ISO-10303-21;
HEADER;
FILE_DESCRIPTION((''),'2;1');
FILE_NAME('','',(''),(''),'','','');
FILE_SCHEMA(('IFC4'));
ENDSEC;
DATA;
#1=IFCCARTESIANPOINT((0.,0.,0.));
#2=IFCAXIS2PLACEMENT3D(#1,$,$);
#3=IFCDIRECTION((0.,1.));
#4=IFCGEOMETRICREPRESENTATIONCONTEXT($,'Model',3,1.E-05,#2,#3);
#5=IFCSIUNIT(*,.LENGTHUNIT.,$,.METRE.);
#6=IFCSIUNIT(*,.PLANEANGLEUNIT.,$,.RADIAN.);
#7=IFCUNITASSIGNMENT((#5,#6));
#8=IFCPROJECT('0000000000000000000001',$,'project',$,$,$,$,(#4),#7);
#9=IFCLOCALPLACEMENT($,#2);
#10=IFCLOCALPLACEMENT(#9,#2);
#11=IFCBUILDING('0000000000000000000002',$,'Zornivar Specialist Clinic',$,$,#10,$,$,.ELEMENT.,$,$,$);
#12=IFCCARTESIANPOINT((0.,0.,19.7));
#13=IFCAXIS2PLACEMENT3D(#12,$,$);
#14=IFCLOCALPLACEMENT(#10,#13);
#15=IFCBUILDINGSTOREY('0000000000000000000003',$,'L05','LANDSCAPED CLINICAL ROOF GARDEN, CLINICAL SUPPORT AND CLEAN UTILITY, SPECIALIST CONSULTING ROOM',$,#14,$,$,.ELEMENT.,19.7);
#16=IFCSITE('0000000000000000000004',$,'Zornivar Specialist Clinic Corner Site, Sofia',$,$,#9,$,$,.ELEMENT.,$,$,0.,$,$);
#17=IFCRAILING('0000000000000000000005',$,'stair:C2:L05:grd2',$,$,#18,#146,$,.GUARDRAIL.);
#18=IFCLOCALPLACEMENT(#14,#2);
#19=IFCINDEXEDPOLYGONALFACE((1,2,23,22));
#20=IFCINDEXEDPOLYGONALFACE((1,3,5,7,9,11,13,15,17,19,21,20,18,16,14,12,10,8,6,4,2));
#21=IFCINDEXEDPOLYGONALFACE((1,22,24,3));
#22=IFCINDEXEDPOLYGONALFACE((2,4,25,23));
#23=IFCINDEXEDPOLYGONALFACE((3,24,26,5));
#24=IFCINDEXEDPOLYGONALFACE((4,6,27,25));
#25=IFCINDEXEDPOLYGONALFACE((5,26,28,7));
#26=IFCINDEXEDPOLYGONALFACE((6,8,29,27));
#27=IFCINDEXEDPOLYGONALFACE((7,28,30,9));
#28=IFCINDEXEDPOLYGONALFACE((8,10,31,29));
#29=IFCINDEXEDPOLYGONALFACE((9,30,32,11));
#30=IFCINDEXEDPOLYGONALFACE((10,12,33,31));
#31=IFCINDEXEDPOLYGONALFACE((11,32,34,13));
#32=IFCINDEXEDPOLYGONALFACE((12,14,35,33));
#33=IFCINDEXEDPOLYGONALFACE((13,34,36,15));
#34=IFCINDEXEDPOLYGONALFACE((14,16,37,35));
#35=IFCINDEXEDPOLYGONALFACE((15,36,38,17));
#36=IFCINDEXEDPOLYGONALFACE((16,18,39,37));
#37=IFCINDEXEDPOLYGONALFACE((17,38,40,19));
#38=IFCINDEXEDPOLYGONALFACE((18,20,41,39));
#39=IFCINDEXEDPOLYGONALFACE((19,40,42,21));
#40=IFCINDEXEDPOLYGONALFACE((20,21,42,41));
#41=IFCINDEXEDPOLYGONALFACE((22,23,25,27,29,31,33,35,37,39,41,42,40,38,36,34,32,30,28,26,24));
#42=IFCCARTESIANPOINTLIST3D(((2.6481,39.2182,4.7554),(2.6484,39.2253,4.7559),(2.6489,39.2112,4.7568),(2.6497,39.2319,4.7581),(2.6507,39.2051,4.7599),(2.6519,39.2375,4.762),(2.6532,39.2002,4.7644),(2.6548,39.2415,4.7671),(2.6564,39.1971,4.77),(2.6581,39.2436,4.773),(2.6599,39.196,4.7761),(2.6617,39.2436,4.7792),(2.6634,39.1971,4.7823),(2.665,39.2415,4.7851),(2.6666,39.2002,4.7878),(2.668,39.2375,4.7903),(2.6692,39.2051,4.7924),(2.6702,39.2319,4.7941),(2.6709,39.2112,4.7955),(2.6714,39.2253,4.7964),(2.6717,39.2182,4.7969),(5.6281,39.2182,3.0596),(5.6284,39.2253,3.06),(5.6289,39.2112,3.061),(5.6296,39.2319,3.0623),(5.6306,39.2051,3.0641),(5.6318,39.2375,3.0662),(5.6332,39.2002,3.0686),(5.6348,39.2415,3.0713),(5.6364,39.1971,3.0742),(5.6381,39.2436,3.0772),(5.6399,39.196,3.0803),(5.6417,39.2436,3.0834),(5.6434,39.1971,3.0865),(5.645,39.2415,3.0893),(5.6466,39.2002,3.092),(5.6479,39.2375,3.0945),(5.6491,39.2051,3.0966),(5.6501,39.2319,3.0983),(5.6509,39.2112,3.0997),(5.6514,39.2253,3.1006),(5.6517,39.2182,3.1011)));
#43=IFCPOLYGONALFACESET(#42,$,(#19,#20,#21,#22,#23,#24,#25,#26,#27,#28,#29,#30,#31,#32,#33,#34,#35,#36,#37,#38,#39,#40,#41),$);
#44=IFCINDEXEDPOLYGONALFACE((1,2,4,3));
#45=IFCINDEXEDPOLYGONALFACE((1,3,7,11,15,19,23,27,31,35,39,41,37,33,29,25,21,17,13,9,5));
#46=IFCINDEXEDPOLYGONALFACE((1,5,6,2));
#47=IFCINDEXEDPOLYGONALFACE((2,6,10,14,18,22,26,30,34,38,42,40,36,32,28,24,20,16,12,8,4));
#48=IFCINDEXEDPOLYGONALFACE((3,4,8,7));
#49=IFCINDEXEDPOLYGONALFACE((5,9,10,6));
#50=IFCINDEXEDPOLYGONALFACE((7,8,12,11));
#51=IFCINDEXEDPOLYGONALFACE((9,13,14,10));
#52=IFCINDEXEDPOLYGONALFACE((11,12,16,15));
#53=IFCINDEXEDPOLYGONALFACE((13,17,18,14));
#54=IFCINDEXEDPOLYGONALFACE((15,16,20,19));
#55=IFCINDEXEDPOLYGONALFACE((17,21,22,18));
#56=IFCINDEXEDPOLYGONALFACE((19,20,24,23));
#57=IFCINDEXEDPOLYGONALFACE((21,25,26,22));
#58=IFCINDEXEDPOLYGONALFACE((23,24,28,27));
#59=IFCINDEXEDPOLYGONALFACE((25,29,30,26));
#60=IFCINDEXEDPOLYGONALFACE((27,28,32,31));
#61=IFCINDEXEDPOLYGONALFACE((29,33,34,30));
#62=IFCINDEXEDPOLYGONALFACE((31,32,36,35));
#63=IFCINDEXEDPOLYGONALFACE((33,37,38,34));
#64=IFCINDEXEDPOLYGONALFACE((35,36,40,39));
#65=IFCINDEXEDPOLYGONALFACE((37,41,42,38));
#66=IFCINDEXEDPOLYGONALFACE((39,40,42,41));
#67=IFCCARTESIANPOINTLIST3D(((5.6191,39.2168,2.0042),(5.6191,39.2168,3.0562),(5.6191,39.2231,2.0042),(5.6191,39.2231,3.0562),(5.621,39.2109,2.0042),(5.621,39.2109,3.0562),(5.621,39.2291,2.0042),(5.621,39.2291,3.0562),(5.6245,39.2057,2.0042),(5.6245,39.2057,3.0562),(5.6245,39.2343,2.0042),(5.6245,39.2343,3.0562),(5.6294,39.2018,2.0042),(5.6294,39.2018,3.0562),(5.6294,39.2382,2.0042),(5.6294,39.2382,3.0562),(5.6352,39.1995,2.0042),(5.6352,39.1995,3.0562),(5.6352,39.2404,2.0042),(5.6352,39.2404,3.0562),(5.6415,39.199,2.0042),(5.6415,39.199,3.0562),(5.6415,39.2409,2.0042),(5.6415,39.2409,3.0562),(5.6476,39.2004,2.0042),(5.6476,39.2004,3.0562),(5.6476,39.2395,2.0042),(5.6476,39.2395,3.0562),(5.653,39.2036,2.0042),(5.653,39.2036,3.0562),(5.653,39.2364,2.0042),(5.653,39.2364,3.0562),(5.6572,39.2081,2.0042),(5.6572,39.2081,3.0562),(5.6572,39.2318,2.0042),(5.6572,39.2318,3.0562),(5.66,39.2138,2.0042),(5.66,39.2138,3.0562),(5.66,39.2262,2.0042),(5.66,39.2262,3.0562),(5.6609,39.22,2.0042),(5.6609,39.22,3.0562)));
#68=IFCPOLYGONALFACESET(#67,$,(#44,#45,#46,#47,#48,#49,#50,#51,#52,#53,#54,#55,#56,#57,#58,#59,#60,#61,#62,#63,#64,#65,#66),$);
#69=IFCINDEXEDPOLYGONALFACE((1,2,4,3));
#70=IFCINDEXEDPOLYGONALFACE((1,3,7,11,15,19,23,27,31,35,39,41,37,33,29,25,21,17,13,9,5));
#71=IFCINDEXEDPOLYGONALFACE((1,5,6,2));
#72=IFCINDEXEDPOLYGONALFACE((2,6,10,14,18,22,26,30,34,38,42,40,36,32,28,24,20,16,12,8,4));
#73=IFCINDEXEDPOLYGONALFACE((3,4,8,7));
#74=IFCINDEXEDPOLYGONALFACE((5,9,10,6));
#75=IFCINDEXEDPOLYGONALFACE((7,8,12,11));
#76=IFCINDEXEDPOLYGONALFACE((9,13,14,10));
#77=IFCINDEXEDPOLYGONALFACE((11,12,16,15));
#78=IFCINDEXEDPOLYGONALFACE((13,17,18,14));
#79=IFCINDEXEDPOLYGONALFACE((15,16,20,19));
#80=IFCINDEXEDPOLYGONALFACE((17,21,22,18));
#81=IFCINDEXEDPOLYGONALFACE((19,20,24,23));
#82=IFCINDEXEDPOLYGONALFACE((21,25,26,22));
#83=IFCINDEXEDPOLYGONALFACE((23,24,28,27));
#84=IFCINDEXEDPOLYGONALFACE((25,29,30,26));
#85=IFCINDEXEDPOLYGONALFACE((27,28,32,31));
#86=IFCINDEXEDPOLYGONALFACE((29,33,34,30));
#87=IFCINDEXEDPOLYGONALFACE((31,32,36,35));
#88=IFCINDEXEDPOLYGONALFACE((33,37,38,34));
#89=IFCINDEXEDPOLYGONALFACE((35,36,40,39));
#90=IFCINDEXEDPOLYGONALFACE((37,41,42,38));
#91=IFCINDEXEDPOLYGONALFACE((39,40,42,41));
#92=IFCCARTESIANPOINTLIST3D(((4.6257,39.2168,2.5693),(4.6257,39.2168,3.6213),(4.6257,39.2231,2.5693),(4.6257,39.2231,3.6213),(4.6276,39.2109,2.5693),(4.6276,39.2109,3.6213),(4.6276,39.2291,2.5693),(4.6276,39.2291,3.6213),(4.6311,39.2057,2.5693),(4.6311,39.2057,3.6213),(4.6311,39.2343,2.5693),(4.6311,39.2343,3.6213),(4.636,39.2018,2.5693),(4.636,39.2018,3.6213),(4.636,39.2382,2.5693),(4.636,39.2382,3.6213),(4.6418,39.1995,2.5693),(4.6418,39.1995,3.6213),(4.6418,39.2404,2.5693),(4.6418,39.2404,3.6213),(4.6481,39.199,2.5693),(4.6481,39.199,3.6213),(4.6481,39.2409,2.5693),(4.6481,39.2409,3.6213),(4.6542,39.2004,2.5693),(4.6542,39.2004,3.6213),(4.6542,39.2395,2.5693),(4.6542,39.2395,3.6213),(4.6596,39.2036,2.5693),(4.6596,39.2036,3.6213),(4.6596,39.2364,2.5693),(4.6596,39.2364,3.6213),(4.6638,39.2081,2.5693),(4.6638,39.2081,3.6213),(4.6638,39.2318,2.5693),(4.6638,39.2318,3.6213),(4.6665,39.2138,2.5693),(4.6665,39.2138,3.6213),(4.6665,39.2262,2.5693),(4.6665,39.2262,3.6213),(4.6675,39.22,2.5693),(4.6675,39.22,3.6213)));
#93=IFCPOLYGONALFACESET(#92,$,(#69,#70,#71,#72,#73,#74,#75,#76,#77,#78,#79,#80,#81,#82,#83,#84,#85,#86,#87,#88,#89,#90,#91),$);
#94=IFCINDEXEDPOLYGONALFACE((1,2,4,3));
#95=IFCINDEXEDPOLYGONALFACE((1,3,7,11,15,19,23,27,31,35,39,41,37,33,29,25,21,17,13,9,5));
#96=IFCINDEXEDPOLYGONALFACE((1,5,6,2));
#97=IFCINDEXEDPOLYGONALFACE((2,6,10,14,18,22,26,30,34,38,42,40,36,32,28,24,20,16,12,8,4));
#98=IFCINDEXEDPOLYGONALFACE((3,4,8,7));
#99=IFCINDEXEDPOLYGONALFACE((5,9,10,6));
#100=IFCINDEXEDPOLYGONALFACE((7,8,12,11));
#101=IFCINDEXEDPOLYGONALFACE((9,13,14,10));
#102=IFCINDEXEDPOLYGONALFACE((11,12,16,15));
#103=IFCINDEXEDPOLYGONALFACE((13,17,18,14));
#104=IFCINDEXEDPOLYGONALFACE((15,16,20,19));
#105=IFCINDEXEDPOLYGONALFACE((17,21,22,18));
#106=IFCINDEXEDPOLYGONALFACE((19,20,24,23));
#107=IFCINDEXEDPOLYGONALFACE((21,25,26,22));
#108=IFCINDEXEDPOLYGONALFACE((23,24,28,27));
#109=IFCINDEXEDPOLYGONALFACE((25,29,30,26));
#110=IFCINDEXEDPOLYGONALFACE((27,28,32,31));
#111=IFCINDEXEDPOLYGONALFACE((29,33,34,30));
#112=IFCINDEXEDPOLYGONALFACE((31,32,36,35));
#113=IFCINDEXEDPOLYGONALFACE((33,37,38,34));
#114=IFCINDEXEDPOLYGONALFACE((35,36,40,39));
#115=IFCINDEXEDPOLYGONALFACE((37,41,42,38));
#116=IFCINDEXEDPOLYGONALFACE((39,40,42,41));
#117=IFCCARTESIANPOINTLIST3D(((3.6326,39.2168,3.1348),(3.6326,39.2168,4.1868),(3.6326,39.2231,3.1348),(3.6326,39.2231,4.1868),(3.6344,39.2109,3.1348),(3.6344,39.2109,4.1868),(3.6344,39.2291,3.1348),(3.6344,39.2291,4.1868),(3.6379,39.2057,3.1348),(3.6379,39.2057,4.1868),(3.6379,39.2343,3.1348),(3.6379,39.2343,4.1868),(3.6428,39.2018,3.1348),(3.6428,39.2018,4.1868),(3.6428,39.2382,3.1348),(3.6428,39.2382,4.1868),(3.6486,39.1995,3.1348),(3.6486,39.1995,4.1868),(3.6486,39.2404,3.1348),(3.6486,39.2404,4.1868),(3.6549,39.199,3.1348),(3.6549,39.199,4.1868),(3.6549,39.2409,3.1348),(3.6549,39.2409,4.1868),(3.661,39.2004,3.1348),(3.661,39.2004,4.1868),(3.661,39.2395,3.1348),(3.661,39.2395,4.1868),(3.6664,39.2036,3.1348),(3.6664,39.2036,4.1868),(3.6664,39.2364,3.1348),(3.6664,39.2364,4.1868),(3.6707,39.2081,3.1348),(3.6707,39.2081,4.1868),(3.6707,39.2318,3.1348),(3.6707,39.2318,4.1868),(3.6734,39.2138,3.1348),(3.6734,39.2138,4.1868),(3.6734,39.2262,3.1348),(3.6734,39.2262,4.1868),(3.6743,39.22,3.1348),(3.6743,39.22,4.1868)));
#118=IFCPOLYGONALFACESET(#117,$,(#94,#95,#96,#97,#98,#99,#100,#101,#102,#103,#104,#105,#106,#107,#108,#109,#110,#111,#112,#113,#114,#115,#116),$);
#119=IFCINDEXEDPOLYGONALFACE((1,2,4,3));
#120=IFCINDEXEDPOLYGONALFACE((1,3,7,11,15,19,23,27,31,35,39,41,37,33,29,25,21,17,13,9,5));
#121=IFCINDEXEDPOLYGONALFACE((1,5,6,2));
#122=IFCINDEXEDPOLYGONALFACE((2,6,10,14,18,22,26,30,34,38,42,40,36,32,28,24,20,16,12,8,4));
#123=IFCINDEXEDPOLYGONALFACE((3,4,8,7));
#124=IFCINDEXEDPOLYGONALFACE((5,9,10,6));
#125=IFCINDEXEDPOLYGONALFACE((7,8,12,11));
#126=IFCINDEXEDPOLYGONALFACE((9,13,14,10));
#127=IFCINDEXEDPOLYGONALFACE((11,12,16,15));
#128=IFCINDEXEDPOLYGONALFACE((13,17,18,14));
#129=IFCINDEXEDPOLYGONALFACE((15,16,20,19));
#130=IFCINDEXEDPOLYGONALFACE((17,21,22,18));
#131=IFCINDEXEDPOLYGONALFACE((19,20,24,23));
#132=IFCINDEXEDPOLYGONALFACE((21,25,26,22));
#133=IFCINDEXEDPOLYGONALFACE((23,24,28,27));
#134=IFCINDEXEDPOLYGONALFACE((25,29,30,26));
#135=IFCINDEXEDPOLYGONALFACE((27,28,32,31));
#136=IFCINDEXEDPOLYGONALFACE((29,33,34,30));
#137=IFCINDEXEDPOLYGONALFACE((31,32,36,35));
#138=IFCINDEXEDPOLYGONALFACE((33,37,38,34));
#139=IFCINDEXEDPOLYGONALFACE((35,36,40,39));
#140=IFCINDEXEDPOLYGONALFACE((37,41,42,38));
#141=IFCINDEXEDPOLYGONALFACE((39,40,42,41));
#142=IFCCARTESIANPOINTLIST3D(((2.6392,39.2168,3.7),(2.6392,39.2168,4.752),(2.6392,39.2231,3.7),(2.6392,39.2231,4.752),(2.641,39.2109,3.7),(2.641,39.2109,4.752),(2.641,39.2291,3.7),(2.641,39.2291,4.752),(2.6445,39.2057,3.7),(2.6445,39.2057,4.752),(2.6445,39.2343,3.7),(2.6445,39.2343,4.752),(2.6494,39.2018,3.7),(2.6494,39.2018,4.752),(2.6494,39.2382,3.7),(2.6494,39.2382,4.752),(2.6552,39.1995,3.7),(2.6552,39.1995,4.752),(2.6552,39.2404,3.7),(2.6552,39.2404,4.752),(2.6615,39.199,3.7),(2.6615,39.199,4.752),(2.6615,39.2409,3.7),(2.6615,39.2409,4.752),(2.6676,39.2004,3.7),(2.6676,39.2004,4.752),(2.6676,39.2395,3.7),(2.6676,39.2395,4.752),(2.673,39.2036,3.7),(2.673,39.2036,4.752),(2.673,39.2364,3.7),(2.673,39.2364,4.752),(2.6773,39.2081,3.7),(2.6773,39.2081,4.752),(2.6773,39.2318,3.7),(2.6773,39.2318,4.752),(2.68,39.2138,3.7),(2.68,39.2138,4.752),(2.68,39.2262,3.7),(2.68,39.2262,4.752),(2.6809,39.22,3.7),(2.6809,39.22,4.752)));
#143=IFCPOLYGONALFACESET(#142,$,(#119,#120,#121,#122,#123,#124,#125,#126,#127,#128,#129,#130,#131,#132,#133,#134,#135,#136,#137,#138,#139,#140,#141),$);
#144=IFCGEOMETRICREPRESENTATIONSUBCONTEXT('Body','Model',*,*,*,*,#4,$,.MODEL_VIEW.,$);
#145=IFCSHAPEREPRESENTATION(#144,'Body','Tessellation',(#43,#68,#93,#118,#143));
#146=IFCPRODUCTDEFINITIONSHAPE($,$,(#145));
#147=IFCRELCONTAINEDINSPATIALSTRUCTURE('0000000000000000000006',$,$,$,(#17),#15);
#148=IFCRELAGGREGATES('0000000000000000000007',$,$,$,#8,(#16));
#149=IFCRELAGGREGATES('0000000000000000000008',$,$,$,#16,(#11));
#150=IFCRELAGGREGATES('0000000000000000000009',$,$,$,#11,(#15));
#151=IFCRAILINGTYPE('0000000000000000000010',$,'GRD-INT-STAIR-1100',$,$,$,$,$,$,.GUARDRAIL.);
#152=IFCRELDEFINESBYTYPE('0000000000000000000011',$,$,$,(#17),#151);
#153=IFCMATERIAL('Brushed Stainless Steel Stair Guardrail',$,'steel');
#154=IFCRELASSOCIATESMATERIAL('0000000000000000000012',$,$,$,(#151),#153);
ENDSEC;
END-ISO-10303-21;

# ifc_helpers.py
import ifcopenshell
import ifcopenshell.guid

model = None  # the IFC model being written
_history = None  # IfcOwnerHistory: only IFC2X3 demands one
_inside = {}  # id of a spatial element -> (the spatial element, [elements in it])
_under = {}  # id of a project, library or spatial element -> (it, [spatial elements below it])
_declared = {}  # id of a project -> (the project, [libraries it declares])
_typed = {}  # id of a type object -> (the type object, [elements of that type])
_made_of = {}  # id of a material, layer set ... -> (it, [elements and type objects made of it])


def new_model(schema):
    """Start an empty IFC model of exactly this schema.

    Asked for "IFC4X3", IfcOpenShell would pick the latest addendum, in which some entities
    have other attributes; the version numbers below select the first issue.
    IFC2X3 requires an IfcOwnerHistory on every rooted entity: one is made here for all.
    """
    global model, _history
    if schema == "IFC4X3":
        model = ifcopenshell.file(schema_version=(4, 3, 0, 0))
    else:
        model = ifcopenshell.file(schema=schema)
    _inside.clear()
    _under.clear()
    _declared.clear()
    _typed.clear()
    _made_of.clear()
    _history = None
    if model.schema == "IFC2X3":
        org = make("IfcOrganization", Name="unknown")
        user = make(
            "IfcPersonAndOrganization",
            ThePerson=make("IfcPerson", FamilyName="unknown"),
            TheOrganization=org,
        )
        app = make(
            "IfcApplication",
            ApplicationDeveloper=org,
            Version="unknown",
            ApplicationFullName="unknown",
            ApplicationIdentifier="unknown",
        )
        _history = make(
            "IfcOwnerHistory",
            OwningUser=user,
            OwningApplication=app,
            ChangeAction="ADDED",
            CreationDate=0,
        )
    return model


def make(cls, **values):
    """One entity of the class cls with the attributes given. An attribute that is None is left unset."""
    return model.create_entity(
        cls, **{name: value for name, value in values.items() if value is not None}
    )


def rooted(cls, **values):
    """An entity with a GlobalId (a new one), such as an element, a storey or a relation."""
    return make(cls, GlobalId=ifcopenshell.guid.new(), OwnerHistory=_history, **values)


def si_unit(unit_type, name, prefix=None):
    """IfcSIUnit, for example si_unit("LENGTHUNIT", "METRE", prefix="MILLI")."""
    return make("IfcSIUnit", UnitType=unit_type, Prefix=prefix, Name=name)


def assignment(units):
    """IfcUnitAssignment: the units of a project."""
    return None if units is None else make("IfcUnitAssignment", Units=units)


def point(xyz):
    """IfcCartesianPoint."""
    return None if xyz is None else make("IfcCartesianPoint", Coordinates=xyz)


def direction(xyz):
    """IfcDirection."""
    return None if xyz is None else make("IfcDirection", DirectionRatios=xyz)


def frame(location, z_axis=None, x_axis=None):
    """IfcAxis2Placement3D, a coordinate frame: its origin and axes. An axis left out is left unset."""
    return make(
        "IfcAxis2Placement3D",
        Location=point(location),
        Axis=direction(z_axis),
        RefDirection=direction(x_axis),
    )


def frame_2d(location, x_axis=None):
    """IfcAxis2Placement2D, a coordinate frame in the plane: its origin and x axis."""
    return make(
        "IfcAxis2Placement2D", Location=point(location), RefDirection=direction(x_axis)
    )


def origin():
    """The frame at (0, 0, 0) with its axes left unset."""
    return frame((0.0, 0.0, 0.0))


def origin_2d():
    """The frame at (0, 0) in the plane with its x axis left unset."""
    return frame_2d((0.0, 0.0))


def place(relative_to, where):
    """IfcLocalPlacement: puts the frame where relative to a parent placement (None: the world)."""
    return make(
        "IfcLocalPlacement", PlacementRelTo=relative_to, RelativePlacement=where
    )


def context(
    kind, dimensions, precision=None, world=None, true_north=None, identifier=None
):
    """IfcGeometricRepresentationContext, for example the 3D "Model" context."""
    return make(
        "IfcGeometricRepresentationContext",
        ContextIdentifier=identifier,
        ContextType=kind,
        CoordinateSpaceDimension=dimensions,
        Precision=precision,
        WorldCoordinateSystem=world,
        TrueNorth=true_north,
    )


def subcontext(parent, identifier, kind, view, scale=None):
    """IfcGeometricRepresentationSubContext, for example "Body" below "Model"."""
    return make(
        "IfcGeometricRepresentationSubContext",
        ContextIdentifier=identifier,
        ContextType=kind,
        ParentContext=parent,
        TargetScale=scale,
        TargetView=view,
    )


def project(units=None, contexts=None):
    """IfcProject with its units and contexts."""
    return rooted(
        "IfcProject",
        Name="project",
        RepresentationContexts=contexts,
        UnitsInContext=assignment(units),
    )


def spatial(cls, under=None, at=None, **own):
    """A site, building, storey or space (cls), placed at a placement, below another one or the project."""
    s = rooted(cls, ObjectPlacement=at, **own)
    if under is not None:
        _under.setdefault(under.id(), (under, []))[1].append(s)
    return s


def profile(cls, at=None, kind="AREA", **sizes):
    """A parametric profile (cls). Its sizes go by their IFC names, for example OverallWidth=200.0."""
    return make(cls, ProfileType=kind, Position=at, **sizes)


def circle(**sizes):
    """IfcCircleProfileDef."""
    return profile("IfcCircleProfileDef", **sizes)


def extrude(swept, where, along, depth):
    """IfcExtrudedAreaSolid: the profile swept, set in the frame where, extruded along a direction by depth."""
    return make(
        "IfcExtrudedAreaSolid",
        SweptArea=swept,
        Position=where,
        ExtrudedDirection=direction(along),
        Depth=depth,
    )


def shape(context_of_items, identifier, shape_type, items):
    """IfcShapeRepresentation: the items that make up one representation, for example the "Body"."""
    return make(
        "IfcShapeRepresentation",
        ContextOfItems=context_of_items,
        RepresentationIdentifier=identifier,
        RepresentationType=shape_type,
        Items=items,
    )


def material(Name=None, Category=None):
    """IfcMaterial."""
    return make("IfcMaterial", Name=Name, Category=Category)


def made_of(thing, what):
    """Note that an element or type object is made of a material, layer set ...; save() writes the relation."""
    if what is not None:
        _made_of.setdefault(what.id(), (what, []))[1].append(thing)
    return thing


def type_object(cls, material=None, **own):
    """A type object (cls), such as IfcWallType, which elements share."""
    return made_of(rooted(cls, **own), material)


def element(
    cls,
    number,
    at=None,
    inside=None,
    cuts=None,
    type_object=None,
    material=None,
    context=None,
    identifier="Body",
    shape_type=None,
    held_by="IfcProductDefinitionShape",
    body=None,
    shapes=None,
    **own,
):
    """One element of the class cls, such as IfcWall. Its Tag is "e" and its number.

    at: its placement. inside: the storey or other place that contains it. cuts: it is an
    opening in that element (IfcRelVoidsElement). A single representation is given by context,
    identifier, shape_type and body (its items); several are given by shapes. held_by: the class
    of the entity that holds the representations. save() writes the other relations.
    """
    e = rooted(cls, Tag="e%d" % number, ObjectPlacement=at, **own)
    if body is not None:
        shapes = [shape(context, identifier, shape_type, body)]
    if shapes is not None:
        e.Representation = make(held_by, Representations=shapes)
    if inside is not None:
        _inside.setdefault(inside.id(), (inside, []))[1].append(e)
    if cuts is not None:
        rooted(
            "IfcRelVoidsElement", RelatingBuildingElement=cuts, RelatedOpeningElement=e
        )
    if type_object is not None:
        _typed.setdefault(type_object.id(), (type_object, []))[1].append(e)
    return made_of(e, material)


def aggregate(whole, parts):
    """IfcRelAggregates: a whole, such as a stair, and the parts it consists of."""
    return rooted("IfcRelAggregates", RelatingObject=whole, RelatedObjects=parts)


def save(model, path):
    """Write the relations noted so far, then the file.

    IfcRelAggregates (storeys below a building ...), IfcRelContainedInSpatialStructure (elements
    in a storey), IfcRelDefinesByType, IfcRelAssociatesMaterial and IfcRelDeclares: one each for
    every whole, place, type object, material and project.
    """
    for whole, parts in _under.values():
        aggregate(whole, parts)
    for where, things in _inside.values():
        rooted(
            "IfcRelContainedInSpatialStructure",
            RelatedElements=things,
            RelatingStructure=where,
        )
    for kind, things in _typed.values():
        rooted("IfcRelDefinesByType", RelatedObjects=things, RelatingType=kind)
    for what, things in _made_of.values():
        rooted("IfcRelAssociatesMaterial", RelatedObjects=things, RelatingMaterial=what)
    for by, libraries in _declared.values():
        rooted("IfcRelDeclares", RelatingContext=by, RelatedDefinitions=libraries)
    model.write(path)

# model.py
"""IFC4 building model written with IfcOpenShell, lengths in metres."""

from ifc_helpers import new_model, si_unit, direction, frame, origin, origin_2d, place, context, subcontext, project, spatial, circle, extrude, material, type_object, element, save


model = new_model("IFC4")

# Units and contexts
model_context = context("Model", 3, precision=1e-05, world=origin(), true_north=direction((0.0, 1.0)))
body_context = subcontext(model_context, "Body", "Model", "MODEL_VIEW")
ifc_project = project(units=[si_unit("LENGTHUNIT", "METRE"), si_unit("PLANEANGLEUNIT", "RADIAN")], contexts=[model_context])

# Site, building, storey
site_placement = place(None, origin())
site = spatial("IfcSite", under=ifc_project, at=site_placement, Name="Zornivar Specialist Clinic Corner Site, Sofia", CompositionType="ELEMENT", RefElevation=0.0)
building_placement = place(site_placement, origin())
building = spatial("IfcBuilding", under=site, at=building_placement, Name="Zornivar Specialist Clinic", CompositionType="ELEMENT")
storey_placement = place(building_placement, frame((0.0, 0.0, 19.7)))
storey = spatial("IfcBuildingStorey", under=building, at=storey_placement, Name="L05", Description="LANDSCAPED CLINICAL ROOF GARDEN, CLINICAL SUPPORT AND CLEAN UTILITY, SPECIALIST CONSULTING ROOM", CompositionType="ELEMENT", Elevation=19.7)

# Railing
ifc_material_1 = material(Name="Brushed Stainless Steel Stair Guardrail", Category="steel")
railing_type_1 = type_object("IfcRailingType", Name="GRD-INT-STAIR-1100", PredefinedType="GUARDRAIL", material=ifc_material_1)
railing_1_placement = place(storey_placement, frame((5.6399, 39.22, 2.0042)))
element("IfcRailing", 1, at=railing_1_placement, inside=storey, type_object=railing_type_1, Name="stair:C2:L05:grd2", PredefinedType="GUARDRAIL", context=body_context, shape_type="SweptSolid", body=[
    extrude(circle(Radius=0.0239, at=origin_2d()), frame((0.0, 0.0, 1.0762), z_axis=(-0.869127, 0.0, 0.494589), x_axis=(0.0, -1.0, 0.0)), (0.0, 0.0, 1.0), 3.4287),
    extrude(circle(Radius=0.021, at=origin_2d()), origin(), (0.0, 0.0, 1.0), 1.052),
    extrude(circle(Radius=0.021, at=origin_2d()), frame((-0.9934, 0.0, 0.5652)), (0.0, 0.0, 1.0), 1.052),
    extrude(circle(Radius=0.021, at=origin_2d()), frame((-1.9866, 0.0, 1.1306)), (0.0, 0.0, 1.0), 1.052),
    extrude(circle(Radius=0.021, at=origin_2d()), frame((-2.98, 0.0, 1.6958)), (0.0, 0.0, 1.0), 1.052),
])

save(model, "model.ifc")
